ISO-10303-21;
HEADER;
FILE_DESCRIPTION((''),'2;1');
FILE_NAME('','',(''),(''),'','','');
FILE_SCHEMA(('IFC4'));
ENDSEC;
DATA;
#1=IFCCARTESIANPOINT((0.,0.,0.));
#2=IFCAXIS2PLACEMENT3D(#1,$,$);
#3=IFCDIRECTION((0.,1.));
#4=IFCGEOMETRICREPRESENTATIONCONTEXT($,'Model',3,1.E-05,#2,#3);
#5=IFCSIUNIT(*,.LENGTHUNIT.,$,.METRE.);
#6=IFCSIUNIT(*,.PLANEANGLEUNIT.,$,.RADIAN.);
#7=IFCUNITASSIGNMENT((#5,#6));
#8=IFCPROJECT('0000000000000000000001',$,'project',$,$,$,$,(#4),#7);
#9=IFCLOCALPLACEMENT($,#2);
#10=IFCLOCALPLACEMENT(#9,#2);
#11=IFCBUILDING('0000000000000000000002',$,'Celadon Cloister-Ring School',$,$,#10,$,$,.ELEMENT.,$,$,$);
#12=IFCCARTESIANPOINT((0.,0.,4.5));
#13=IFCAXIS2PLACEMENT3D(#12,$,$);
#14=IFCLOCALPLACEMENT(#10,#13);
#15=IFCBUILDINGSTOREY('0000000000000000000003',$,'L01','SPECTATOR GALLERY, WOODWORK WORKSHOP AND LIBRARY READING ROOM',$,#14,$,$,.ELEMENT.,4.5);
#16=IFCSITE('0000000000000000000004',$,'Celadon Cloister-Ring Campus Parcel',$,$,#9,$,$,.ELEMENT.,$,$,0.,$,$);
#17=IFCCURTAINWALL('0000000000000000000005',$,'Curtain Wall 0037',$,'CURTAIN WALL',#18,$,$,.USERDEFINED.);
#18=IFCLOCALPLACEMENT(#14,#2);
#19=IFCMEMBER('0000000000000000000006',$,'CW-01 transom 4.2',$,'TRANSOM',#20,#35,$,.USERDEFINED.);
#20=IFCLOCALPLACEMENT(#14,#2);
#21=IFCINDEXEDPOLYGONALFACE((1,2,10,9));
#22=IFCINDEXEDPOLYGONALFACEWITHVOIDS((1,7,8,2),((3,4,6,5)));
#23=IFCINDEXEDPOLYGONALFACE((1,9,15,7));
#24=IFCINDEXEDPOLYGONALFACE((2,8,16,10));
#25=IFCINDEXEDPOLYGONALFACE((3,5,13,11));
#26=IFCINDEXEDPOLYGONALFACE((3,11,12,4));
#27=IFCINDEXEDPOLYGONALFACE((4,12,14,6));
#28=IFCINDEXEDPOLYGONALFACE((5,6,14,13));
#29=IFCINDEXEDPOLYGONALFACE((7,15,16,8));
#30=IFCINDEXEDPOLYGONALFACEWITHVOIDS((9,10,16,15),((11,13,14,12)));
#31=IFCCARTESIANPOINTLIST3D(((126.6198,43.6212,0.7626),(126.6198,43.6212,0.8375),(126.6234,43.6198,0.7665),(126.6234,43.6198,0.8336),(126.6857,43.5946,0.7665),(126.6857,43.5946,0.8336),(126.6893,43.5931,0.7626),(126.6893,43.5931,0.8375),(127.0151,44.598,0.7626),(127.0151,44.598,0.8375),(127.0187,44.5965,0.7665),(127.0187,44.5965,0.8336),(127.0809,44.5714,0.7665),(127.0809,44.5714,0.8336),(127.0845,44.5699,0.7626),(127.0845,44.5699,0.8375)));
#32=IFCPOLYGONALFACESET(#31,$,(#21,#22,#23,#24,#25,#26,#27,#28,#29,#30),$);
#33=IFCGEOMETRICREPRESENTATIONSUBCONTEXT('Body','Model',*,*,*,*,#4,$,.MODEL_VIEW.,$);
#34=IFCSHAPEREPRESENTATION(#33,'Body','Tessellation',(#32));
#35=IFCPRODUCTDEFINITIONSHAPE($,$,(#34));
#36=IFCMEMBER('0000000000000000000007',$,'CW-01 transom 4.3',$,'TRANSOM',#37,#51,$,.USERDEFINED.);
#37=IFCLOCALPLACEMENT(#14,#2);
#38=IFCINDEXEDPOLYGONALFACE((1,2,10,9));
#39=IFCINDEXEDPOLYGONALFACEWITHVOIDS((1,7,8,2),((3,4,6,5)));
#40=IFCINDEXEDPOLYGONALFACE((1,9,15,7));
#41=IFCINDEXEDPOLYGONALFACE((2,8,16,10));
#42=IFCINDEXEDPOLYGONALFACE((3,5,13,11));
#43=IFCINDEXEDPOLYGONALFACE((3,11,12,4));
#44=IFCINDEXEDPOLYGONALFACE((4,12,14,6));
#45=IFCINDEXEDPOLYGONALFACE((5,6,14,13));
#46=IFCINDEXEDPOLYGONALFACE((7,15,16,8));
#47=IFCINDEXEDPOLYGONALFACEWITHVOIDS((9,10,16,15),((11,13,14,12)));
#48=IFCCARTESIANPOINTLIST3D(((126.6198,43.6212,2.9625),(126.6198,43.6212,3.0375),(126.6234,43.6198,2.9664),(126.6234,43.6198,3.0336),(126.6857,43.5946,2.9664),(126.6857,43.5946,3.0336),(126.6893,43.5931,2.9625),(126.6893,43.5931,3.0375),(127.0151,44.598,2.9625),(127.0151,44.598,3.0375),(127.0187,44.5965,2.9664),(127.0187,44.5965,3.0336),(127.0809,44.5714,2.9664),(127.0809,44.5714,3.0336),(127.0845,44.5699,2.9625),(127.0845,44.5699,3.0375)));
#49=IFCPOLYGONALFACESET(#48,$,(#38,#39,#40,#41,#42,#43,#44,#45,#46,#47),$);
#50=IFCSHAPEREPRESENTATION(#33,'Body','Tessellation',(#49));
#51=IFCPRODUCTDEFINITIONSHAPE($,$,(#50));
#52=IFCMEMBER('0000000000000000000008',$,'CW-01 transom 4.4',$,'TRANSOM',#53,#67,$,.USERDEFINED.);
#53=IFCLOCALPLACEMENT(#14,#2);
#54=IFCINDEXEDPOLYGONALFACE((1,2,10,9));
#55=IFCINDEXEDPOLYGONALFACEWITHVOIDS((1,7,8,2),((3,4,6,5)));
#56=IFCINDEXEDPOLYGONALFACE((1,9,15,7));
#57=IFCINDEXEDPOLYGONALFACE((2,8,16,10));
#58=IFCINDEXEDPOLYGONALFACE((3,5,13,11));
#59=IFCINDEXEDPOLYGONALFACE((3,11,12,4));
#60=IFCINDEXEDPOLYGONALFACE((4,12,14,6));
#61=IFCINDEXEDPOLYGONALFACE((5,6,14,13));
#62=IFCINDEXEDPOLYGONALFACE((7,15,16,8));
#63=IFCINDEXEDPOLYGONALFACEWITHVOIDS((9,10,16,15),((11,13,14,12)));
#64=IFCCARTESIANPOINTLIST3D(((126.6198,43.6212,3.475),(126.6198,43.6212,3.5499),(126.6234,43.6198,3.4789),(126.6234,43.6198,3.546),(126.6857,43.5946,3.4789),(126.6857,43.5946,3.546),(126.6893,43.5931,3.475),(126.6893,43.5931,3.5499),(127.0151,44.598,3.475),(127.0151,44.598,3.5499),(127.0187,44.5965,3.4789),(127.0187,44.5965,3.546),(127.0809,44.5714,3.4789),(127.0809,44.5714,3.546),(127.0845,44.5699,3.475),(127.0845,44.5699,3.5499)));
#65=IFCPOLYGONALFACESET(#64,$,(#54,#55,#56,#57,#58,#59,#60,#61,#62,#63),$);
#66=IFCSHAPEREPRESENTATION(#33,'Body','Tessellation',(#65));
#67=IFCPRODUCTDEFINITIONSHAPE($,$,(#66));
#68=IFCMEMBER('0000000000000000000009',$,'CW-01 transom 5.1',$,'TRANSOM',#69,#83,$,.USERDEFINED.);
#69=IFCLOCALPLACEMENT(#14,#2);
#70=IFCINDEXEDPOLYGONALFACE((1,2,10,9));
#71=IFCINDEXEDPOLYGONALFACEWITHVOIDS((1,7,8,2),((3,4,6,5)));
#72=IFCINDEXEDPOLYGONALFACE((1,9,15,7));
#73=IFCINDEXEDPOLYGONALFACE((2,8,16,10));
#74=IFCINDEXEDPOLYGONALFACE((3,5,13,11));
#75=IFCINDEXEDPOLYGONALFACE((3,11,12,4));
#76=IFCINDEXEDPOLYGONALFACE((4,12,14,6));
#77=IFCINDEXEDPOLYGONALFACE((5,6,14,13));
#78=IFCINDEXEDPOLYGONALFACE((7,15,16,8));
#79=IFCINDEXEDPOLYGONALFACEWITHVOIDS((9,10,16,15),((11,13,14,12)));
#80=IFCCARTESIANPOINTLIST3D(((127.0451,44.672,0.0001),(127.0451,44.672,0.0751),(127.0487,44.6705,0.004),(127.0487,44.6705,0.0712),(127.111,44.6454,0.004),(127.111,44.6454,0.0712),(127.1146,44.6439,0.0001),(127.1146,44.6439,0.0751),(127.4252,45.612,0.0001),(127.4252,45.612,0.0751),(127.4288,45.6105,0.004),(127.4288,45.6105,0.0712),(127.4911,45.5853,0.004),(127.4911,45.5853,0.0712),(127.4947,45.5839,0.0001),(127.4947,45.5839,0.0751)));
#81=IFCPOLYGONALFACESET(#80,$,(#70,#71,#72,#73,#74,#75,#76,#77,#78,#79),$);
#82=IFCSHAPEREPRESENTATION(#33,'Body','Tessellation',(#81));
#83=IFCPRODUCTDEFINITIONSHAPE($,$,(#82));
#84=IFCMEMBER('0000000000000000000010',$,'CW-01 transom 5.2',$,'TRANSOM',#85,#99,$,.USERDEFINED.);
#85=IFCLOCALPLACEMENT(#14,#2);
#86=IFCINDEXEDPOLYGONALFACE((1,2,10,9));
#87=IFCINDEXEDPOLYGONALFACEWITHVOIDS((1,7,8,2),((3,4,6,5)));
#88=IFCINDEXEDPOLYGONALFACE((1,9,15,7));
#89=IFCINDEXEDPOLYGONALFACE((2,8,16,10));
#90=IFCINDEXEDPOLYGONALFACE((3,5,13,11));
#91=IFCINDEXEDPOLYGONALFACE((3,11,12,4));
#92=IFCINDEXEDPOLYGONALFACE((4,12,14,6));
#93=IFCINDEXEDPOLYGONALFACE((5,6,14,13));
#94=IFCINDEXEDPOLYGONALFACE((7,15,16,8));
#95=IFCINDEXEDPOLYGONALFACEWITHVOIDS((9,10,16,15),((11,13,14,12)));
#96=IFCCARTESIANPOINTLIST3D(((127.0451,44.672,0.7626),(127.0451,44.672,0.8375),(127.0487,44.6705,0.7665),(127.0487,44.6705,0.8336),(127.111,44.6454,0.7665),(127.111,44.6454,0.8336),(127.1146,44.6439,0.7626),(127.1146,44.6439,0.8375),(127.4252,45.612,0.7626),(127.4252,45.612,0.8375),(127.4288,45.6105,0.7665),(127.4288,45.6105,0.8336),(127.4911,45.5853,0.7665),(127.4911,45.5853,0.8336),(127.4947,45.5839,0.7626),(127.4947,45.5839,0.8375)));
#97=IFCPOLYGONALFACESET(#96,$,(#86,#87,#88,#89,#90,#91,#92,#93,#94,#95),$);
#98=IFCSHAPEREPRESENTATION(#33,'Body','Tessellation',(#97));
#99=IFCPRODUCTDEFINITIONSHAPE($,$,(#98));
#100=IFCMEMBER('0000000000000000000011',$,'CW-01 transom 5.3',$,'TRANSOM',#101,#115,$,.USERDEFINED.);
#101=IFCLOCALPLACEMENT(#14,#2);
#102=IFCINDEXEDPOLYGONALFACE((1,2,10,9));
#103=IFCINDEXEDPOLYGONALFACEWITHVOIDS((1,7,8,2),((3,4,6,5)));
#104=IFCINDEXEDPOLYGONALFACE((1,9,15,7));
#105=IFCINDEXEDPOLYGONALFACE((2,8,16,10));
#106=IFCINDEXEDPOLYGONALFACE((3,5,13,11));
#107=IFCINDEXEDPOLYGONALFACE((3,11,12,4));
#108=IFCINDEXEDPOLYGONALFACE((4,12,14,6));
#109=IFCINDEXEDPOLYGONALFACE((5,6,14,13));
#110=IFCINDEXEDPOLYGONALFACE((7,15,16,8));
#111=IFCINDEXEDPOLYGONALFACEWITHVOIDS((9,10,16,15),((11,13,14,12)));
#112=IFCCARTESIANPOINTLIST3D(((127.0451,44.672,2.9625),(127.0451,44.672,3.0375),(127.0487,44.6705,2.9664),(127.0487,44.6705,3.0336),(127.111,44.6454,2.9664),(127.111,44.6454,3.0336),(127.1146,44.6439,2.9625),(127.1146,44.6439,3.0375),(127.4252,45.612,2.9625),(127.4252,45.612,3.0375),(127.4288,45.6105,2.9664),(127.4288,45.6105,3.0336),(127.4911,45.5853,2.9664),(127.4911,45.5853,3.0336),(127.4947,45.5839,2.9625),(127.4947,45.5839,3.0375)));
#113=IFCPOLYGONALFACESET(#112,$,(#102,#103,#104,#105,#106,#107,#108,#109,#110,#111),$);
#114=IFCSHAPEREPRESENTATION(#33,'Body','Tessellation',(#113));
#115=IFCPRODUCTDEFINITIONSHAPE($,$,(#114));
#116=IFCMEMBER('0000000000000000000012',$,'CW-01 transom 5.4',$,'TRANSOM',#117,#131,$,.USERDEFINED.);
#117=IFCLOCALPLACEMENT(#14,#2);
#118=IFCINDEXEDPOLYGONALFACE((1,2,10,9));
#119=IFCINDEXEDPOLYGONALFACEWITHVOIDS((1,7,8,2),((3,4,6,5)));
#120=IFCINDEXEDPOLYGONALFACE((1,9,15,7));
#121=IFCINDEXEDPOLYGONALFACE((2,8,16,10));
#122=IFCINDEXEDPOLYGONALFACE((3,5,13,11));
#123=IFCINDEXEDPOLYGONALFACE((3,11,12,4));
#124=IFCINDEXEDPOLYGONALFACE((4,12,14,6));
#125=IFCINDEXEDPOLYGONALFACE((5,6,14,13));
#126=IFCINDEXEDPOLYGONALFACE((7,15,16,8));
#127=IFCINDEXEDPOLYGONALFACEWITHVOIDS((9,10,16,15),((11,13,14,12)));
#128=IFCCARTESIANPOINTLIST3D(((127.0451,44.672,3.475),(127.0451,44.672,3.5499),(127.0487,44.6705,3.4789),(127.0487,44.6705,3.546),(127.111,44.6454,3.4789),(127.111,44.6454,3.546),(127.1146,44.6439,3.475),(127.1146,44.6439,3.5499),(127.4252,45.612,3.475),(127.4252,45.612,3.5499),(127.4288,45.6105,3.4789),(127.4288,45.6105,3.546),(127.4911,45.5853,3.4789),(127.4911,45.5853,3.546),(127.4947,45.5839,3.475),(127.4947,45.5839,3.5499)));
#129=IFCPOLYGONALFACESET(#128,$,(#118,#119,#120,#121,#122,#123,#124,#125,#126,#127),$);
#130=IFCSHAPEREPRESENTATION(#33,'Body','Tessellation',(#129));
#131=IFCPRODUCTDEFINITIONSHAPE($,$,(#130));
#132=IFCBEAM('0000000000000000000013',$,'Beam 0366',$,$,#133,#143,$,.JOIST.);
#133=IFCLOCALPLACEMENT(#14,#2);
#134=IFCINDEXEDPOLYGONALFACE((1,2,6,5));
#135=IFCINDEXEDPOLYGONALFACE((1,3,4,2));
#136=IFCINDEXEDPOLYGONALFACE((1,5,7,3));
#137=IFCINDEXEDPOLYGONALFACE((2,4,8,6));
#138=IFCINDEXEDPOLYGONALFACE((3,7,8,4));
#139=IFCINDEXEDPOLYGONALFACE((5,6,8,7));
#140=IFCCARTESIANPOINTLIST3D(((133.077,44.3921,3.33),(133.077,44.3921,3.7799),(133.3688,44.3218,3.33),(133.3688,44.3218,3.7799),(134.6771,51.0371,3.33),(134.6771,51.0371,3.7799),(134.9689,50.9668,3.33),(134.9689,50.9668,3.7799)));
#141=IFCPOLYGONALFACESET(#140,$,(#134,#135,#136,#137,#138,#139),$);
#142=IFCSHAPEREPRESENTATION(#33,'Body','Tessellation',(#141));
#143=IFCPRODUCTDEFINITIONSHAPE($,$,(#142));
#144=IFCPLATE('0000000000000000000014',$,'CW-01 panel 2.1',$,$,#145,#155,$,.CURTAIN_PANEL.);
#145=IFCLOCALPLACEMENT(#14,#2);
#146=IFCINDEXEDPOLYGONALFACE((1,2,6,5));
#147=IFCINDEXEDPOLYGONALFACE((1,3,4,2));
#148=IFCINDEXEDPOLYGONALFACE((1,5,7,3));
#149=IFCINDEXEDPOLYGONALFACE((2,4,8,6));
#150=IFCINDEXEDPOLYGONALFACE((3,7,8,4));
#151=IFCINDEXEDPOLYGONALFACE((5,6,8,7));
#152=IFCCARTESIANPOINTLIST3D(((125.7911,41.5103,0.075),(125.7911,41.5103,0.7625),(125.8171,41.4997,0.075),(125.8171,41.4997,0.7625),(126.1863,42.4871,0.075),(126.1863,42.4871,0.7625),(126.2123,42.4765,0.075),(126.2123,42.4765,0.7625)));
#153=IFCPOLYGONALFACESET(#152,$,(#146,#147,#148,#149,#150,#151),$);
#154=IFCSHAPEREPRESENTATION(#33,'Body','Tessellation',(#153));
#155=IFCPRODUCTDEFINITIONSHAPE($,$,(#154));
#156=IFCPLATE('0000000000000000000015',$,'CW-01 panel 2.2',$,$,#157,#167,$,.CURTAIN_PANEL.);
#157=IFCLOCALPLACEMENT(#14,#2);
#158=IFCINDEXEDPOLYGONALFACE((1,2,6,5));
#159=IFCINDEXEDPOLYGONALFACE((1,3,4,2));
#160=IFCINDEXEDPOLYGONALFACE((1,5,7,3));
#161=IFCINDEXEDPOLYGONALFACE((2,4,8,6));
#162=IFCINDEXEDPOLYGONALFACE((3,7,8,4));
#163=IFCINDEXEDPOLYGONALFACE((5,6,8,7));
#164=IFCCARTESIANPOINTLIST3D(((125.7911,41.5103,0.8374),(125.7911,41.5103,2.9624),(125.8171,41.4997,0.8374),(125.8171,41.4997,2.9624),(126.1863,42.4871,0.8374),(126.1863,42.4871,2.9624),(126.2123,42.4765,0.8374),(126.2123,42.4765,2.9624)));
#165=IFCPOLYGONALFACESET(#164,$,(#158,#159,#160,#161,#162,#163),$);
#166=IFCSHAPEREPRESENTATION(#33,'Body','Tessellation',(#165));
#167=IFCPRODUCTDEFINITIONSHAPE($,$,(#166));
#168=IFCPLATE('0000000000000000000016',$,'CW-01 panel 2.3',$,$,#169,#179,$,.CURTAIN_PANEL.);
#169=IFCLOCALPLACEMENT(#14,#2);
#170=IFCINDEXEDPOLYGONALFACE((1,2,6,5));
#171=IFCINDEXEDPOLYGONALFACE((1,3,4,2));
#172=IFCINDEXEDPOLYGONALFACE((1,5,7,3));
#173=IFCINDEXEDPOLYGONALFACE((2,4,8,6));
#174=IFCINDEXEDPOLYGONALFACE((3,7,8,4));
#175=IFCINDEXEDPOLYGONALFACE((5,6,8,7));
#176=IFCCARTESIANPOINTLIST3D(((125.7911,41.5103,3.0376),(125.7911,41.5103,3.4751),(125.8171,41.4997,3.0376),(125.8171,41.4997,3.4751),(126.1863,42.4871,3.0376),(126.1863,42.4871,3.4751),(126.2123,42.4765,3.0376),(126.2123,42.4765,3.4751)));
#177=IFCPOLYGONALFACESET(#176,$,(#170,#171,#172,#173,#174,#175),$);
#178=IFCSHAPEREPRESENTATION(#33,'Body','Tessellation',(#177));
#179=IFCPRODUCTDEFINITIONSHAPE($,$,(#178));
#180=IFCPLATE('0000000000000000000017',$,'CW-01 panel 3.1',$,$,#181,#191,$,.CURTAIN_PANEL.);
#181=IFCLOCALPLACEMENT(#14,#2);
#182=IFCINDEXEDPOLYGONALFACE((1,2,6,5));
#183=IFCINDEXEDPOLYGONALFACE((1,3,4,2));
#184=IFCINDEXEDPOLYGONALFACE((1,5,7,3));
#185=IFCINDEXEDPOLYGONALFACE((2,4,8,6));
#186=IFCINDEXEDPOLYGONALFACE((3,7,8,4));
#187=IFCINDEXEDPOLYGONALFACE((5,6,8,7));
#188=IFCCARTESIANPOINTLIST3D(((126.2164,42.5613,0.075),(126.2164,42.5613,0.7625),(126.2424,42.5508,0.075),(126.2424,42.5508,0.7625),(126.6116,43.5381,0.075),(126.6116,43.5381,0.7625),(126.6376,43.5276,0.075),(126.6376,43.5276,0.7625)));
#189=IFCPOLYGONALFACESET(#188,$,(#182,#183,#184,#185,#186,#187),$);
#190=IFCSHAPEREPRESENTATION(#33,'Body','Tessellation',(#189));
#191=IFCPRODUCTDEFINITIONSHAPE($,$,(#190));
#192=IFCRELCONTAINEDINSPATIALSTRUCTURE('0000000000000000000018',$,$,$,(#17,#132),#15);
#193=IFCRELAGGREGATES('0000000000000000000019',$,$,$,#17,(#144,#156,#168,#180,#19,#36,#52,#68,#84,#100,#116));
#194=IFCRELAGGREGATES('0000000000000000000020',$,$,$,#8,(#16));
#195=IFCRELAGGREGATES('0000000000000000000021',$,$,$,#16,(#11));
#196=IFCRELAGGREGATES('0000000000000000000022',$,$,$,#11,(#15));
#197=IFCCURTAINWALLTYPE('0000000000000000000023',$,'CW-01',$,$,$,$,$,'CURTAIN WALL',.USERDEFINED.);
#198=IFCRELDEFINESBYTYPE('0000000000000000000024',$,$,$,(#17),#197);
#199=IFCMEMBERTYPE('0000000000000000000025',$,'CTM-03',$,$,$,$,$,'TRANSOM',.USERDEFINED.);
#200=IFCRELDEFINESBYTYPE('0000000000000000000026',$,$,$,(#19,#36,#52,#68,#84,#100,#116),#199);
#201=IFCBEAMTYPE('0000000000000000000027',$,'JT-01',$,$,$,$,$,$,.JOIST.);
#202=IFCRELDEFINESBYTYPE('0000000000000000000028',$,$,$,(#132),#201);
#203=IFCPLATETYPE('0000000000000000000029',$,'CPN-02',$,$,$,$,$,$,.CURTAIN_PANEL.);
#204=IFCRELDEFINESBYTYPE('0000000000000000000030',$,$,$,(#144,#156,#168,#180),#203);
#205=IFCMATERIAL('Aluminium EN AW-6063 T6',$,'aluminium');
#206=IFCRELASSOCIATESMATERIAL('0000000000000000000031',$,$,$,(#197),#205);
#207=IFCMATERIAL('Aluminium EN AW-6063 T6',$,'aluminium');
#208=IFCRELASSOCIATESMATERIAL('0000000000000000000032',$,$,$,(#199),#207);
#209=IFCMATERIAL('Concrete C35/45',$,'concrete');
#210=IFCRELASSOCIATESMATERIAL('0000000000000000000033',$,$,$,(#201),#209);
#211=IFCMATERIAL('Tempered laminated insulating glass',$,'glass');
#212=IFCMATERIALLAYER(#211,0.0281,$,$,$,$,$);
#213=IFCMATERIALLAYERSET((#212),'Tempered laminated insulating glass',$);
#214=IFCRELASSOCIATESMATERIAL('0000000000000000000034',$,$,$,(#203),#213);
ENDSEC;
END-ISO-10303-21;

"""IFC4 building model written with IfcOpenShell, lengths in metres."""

from ifc_helpers import new_model, si_unit, direction, frame, origin, origin_2d, place, context, subcontext, project, spatial, rectangle, hollow_rectangle, extrude, material, layer, layer_set, material_profile, profile_set, type_object, element, aggregate, save


model = new_model("IFC4")

# Units and contexts
model_context = context("Model", 3, precision=1e-05, world=origin(), true_north=direction((0.0, 1.0)))
body_context = subcontext(model_context, "Body", "Model", "MODEL_VIEW")
ifc_project = project(units=[si_unit("LENGTHUNIT", "METRE"), si_unit("PLANEANGLEUNIT", "RADIAN")], contexts=[model_context])

# Site, building, storey
site_placement = place(None, origin())
site = spatial("IfcSite", under=ifc_project, at=site_placement, Name="Celadon Cloister-Ring Campus Parcel", CompositionType="ELEMENT", RefElevation=0.0)
building_placement = place(site_placement, origin())
building = spatial("IfcBuilding", under=site, at=building_placement, Name="Celadon Cloister-Ring School", CompositionType="ELEMENT")
storey_placement = place(building_placement, frame((0.0, 0.0, 4.5)))
storey = spatial("IfcBuildingStorey", under=building, at=storey_placement, Name="L01", Description="SPECTATOR GALLERY, WOODWORK WORKSHOP AND LIBRARY READING ROOM", CompositionType="ELEMENT", Elevation=4.5)

# Curtain wall, members
ifc_material_1 = material(Name="Aluminium EN AW-6063 T6", Category="aluminium")
curtain_wall_type = type_object("IfcCurtainWallType", Name="CW-01", ElementType="CURTAIN WALL", PredefinedType="USERDEFINED", material=ifc_material_1)
curtain_wall_placement = place(storey_placement, origin())
curtain_wall = element("IfcCurtainWall", 1, at=curtain_wall_placement, inside=storey, type_object=curtain_wall_type, Name="Curtain Wall 0037", ObjectType="CURTAIN WALL", PredefinedType="USERDEFINED")
ifc_material_2 = material(Name="Aluminium EN AW-6063 T6", Category="aluminium")
ifc_material_profile_1 = material_profile(ifc_material_2, hollow_rectangle(XDim=0.075, YDim=0.075, WallThickness=0.0039, at=origin_2d()), Name="RHS75X75X4")
ifc_profile_set_1 = profile_set([ifc_material_profile_1], Name="Aluminium EN AW-6063 T6")
member_type_1 = type_object("IfcMemberType", Name="CTM-03", ElementType="TRANSOM", PredefinedType="USERDEFINED", material=ifc_profile_set_1)
member_1_placement = place(storey_placement, frame((126.6545, 43.6072, 0.8), z_axis=(0.375103, 0.926983, 0.0), x_axis=(-0.926983, 0.375103, 0.0)))
member_1 = element("IfcMember", 2, at=member_1_placement, type_object=member_type_1, Name="CW-01 transom 4.2", ObjectType="TRANSOM", PredefinedType="USERDEFINED", context=body_context, shape_type="SweptSolid", body=[
    extrude(hollow_rectangle(XDim=0.075, YDim=0.075, WallThickness=0.0039, at=origin_2d()), origin(), (0.0, 0.0, 1.0), 1.0537),
])
member_2_placement = place(storey_placement, frame((126.6545, 43.6072, 3.0), z_axis=(0.375103, 0.926983, 0.0), x_axis=(-0.926983, 0.375103, 0.0)))
member_2 = element("IfcMember", 3, at=member_2_placement, type_object=member_type_1, Name="CW-01 transom 4.3", ObjectType="TRANSOM", PredefinedType="USERDEFINED", context=body_context, shape_type="SweptSolid", body=[
    extrude(hollow_rectangle(XDim=0.075, YDim=0.075, WallThickness=0.0039, at=origin_2d()), origin(), (0.0, 0.0, 1.0), 1.0537),
])
member_3_placement = place(storey_placement, frame((126.6545, 43.6072, 3.5125), z_axis=(0.375103, 0.926983, 0.0), x_axis=(-0.926983, 0.375103, 0.0)))
member_3 = element("IfcMember", 4, at=member_3_placement, type_object=member_type_1, Name="CW-01 transom 4.4", ObjectType="TRANSOM", PredefinedType="USERDEFINED", context=body_context, shape_type="SweptSolid", body=[
    extrude(hollow_rectangle(XDim=0.075, YDim=0.075, WallThickness=0.0039, at=origin_2d()), origin(), (0.0, 0.0, 1.0), 1.0537),
])
member_4_placement = place(storey_placement, frame((127.0798, 44.658, 0.0376), z_axis=(0.374917, 0.927058, 0.0), x_axis=(-0.927058, 0.374917, 0.0)))
member_4 = element("IfcMember", 5, at=member_4_placement, type_object=member_type_1, Name="CW-01 transom 5.1", ObjectType="TRANSOM", PredefinedType="USERDEFINED", context=body_context, shape_type="SweptSolid", body=[
    extrude(hollow_rectangle(XDim=0.075, YDim=0.075, WallThickness=0.0039, at=origin_2d()), origin(), (0.0, 0.0, 1.0), 1.0139),
])
member_5_placement = place(storey_placement, frame((127.0798, 44.658, 0.8), z_axis=(0.374917, 0.927058, 0.0), x_axis=(-0.927058, 0.374917, 0.0)))
member_5 = element("IfcMember", 6, at=member_5_placement, type_object=member_type_1, Name="CW-01 transom 5.2", ObjectType="TRANSOM", PredefinedType="USERDEFINED", context=body_context, shape_type="SweptSolid", body=[
    extrude(hollow_rectangle(XDim=0.075, YDim=0.075, WallThickness=0.0039, at=origin_2d()), origin(), (0.0, 0.0, 1.0), 1.0139),
])
member_6_placement = place(storey_placement, frame((127.0798, 44.658, 3.0), z_axis=(0.374917, 0.927058, 0.0), x_axis=(-0.927058, 0.374917, 0.0)))
member_6 = element("IfcMember", 7, at=member_6_placement, type_object=member_type_1, Name="CW-01 transom 5.3", ObjectType="TRANSOM", PredefinedType="USERDEFINED", context=body_context, shape_type="SweptSolid", body=[
    extrude(hollow_rectangle(XDim=0.075, YDim=0.075, WallThickness=0.0039, at=origin_2d()), origin(), (0.0, 0.0, 1.0), 1.0139),
])
member_7_placement = place(storey_placement, frame((127.0798, 44.658, 3.5125), z_axis=(0.374917, 0.927058, 0.0), x_axis=(-0.927058, 0.374917, 0.0)))
member_7 = element("IfcMember", 8, at=member_7_placement, type_object=member_type_1, Name="CW-01 transom 5.4", ObjectType="TRANSOM", PredefinedType="USERDEFINED", context=body_context, shape_type="SweptSolid", body=[
    extrude(hollow_rectangle(XDim=0.075, YDim=0.075, WallThickness=0.0039, at=origin_2d()), origin(), (0.0, 0.0, 1.0), 1.0139),
])

# Beam
ifc_material_3 = material(Name="Concrete C35/45", Category="concrete")
ifc_material_profile_2 = material_profile(ifc_material_3, rectangle(XDim=0.3, YDim=0.45, at=origin_2d()), Name="RC300X450")
ifc_profile_set_2 = profile_set([ifc_material_profile_2], Name="Concrete C35/45")
beam_type = type_object("IfcBeamType", Name="JT-01", PredefinedType="JOIST", material=ifc_profile_set_2)
beam_placement = place(storey_placement, frame((133.2229, 44.3569, 3.5549), z_axis=(0.234105, 0.972211, 0.0), x_axis=(-0.972211, 0.234105, 0.0)))
element("IfcBeam", 9, at=beam_placement, inside=storey, type_object=beam_type, Name="Beam 0366", PredefinedType="JOIST", context=body_context, shape_type="SweptSolid", body=[
    extrude(rectangle(XDim=0.3, YDim=0.45, at=origin_2d()), origin(), (0.0, 0.0, 1.0), 6.835),
])

# Plates
ifc_material_4 = material(Name="Tempered laminated insulating glass", Category="glass")
ifc_layer = layer(ifc_material_4, 0.0281)
ifc_layer_set = layer_set([ifc_layer], Name="Tempered laminated insulating glass")
plate_type = type_object("IfcPlateType", Name="CPN-02", PredefinedType="CURTAIN_PANEL", material=ifc_layer_set)
plate_1_placement = place(storey_placement, frame((126.0017, 41.9934, 0.075), z_axis=(0.0, 0.0, 1.0), x_axis=(0.375038, 0.92701, 0.0)))
plate_1 = element("IfcPlate", 10, at=plate_1_placement, type_object=plate_type, Name="CW-01 panel 2.1", PredefinedType="CURTAIN_PANEL", context=body_context, shape_type="SweptSolid", body=[
    extrude(rectangle(XDim=1.0537, YDim=0.0281, at=origin_2d()), origin(), (0.0, 0.0, 1.0), 0.6875),
])
plate_2_placement = place(storey_placement, frame((126.0017, 41.9934, 0.8374), z_axis=(0.0, 0.0, 1.0), x_axis=(0.375038, 0.92701, 0.0)))
plate_2 = element("IfcPlate", 11, at=plate_2_placement, type_object=plate_type, Name="CW-01 panel 2.2", PredefinedType="CURTAIN_PANEL", context=body_context, shape_type="SweptSolid", body=[
    extrude(rectangle(XDim=1.0537, YDim=0.0281, at=origin_2d()), origin(), (0.0, 0.0, 1.0), 2.125),
])
plate_3_placement = place(storey_placement, frame((126.0017, 41.9934, 3.0376), z_axis=(0.0, 0.0, 1.0), x_axis=(0.375038, 0.92701, 0.0)))
plate_3 = element("IfcPlate", 12, at=plate_3_placement, type_object=plate_type, Name="CW-01 panel 2.3", PredefinedType="CURTAIN_PANEL", context=body_context, shape_type="SweptSolid", body=[
    extrude(rectangle(XDim=1.0537, YDim=0.0281, at=origin_2d()), origin(), (0.0, 0.0, 1.0), 0.4375),
])
plate_4_placement = place(storey_placement, frame((126.427, 43.0444, 0.075), z_axis=(0.0, 0.0, 1.0), x_axis=(0.375038, 0.92701, 0.0)))
plate_4 = element("IfcPlate", 13, at=plate_4_placement, type_object=plate_type, Name="CW-01 panel 3.1", PredefinedType="CURTAIN_PANEL", context=body_context, shape_type="SweptSolid", body=[
    extrude(rectangle(XDim=1.0537, YDim=0.0281, at=origin_2d()), origin(), (0.0, 0.0, 1.0), 0.6875),
])
aggregate(curtain_wall, [plate_1, plate_2, plate_3, plate_4, member_1, member_2, member_3, member_4, member_5, member_6, member_7])

save(model, "model.ifc")
